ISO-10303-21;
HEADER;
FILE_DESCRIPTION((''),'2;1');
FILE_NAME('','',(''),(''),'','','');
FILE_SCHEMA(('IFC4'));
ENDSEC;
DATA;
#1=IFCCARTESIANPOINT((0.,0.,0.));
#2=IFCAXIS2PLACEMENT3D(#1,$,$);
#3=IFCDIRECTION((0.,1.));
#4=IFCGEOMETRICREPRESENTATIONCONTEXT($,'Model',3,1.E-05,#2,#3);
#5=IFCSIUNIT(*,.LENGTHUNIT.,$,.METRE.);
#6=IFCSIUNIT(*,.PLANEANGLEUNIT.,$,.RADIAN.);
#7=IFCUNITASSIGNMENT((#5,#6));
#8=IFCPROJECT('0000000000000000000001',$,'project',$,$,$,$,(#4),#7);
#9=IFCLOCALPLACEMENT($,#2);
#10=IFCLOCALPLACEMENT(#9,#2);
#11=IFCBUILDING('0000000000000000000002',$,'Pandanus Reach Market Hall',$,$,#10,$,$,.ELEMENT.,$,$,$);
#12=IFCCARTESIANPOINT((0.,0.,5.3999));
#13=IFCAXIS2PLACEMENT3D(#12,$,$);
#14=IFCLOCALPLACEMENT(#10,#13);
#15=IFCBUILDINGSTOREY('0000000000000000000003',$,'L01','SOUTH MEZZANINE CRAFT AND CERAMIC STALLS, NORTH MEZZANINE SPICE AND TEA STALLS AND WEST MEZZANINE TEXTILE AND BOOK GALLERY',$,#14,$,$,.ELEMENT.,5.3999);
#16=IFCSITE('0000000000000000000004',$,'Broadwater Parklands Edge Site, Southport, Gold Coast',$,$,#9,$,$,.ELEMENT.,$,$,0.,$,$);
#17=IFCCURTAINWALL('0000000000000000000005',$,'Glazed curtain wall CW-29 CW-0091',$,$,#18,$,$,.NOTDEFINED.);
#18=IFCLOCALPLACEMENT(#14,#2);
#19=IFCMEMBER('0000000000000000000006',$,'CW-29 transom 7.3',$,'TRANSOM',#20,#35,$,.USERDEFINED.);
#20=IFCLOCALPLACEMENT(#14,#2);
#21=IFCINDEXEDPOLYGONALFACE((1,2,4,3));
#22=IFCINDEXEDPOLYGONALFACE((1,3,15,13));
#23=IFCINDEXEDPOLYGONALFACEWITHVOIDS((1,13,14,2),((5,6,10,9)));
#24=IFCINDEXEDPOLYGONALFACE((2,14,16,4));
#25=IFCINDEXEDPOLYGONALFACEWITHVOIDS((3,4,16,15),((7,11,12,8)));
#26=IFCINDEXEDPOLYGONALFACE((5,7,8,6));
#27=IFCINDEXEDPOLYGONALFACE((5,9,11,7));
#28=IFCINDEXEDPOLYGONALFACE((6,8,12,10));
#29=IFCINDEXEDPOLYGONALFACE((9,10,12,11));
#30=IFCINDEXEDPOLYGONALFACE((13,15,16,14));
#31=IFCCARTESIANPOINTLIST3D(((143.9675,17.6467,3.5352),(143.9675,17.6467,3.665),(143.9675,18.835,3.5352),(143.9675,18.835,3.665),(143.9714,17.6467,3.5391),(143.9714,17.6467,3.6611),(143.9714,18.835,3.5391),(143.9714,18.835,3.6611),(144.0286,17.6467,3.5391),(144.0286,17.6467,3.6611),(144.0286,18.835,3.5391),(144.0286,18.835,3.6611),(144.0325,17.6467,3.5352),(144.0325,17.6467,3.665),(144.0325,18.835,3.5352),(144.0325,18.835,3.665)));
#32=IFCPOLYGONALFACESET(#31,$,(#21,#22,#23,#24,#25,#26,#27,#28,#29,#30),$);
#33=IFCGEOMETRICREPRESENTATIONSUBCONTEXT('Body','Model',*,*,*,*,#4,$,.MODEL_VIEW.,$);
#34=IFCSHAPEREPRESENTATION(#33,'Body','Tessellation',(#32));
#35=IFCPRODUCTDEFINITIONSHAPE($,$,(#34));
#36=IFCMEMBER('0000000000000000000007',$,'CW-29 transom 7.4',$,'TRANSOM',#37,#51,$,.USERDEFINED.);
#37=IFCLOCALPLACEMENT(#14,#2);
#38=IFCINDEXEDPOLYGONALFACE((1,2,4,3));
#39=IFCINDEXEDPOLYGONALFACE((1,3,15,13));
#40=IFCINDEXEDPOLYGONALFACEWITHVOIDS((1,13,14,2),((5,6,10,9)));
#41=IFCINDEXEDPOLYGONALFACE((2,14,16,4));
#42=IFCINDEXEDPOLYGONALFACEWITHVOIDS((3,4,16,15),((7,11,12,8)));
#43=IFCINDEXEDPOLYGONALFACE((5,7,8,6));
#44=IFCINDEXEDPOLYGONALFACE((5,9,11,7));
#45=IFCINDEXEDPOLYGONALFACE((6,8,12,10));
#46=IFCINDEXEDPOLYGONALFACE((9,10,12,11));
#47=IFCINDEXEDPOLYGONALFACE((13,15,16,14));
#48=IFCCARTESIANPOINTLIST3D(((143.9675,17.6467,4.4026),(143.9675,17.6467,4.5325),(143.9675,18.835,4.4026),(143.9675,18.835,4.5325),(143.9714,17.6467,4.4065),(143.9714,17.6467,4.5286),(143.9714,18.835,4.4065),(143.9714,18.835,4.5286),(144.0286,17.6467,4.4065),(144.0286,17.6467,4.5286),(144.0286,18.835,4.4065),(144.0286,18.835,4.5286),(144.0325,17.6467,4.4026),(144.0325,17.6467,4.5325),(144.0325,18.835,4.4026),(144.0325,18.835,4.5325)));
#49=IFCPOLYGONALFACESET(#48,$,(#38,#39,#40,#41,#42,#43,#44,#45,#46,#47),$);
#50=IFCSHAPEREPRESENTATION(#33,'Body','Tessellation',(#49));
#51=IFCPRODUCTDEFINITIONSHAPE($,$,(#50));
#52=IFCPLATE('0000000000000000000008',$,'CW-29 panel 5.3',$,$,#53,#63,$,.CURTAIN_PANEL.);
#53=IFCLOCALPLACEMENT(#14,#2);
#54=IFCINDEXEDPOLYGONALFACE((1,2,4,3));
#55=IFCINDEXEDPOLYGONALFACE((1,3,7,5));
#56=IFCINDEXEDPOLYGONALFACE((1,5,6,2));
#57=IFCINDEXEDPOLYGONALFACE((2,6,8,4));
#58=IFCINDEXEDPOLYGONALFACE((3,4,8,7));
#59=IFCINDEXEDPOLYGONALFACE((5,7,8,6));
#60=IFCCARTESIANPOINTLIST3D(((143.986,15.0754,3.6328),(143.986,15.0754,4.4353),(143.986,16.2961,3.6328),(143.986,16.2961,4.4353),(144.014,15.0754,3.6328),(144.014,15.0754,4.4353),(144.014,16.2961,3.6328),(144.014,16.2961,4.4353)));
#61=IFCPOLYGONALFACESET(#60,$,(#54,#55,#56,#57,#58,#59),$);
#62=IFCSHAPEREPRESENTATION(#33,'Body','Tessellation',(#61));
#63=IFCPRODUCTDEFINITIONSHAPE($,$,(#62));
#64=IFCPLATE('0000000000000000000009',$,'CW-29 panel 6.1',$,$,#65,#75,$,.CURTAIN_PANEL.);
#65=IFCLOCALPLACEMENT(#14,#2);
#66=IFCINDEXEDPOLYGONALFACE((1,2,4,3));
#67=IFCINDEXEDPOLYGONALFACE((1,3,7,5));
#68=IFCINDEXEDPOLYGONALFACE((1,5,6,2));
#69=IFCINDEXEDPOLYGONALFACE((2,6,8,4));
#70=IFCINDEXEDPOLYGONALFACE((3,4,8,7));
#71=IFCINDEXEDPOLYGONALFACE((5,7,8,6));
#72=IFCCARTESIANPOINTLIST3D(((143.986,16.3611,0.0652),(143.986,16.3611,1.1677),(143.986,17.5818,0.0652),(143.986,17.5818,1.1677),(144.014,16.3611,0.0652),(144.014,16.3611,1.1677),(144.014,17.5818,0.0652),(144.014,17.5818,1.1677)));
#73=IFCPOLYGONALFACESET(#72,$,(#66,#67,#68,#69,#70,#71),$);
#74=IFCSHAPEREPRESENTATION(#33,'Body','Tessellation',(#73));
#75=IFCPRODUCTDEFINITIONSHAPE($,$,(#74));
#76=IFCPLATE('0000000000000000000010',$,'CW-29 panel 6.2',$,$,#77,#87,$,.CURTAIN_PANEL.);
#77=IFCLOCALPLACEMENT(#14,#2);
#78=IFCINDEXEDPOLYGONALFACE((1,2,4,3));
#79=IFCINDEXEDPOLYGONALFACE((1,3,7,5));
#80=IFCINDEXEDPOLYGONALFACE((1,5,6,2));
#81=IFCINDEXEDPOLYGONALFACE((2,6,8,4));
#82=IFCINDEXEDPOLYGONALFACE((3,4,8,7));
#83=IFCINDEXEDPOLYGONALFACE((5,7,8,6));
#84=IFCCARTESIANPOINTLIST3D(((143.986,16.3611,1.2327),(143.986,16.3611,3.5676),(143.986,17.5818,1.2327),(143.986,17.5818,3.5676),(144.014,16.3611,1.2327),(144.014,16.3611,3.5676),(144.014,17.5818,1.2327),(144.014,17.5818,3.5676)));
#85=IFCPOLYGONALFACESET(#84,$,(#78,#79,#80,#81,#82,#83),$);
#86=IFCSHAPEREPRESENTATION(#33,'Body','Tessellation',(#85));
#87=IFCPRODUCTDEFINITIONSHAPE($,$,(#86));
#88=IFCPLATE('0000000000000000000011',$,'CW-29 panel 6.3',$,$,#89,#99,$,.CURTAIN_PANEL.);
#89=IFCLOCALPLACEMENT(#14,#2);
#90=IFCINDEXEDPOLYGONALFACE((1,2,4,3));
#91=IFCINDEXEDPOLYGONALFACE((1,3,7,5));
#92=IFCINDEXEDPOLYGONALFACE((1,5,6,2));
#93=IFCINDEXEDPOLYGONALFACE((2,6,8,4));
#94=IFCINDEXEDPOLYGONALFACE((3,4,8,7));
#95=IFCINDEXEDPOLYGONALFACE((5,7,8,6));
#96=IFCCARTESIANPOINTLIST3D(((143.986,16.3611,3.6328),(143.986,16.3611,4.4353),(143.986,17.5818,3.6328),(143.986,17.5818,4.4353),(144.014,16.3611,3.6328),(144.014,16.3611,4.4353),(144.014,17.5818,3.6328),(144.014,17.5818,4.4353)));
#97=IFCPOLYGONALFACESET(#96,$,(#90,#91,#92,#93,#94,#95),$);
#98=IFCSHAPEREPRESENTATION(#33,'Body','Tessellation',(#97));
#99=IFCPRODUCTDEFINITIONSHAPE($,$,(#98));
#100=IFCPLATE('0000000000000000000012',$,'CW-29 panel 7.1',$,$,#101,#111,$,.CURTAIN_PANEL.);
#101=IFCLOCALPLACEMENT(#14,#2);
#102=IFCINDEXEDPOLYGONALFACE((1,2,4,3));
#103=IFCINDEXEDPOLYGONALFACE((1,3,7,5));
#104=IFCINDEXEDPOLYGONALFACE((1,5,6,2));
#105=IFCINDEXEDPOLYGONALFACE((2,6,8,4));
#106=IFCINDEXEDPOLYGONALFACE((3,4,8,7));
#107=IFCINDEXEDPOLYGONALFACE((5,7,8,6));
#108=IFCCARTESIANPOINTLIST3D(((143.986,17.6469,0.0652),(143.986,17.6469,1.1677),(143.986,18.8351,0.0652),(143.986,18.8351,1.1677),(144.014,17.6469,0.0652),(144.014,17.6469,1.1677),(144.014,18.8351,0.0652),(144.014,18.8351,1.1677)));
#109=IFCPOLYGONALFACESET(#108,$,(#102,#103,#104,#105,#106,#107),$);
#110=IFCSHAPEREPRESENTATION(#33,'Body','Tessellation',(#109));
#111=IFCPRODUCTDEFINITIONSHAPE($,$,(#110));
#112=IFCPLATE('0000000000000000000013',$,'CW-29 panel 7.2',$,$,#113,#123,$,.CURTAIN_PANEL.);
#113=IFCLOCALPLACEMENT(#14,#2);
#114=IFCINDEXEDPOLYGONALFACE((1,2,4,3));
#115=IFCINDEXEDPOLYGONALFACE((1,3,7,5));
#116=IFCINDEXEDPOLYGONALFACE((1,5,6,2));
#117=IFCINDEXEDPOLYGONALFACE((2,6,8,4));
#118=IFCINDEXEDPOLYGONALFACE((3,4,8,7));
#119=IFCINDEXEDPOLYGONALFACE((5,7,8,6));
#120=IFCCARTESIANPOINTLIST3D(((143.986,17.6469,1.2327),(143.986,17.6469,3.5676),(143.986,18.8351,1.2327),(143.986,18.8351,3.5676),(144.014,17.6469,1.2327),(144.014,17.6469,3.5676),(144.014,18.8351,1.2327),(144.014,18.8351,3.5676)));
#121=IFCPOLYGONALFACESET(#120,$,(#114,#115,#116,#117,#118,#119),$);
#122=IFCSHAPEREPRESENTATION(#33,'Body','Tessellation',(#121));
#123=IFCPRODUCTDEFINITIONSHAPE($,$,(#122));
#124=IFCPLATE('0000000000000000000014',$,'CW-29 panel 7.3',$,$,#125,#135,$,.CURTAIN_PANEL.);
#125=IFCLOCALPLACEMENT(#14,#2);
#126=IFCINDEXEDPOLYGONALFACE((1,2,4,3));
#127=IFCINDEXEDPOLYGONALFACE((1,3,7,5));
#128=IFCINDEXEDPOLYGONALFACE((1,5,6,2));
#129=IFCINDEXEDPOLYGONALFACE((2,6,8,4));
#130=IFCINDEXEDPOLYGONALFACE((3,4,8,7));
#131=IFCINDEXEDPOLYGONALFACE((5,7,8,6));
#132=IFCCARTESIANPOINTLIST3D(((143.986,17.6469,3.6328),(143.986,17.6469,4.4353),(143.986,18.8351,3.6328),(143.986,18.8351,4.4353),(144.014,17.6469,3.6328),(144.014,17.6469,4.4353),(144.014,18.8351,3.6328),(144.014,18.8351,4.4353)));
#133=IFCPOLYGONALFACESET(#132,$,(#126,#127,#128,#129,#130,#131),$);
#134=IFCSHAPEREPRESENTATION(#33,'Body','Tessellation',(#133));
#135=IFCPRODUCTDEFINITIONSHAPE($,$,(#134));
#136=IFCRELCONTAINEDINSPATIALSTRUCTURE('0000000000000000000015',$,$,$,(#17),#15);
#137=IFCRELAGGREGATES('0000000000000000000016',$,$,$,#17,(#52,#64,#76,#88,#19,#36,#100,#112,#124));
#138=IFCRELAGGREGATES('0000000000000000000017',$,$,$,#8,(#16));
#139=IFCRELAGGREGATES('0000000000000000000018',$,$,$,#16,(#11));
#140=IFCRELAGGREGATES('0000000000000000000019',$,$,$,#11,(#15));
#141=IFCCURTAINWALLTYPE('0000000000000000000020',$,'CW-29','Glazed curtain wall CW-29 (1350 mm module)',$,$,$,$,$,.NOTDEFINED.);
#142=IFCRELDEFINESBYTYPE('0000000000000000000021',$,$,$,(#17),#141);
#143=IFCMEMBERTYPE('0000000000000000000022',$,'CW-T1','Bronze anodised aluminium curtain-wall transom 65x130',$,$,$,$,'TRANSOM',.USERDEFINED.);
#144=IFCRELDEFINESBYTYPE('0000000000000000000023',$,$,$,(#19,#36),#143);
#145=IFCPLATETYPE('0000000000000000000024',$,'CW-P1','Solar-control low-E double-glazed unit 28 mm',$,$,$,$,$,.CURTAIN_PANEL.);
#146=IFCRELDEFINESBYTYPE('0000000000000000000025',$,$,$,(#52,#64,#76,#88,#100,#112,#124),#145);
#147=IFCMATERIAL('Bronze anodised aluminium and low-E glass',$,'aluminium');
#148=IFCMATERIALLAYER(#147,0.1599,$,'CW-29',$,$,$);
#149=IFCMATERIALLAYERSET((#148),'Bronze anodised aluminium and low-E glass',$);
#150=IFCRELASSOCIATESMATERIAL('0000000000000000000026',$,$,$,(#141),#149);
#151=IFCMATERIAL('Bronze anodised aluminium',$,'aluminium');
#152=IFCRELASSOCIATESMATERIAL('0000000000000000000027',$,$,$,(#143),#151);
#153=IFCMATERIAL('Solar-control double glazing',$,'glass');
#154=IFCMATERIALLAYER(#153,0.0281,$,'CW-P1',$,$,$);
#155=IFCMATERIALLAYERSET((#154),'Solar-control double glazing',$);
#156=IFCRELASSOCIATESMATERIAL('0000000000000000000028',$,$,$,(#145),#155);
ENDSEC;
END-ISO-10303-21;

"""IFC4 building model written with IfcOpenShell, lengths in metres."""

from ifc_helpers import new_model, si_unit, direction, frame, origin, origin_2d, place, context, subcontext, project, spatial, rectangle, hollow_rectangle, extrude, material, layer, layer_set, material_profile, profile_set, type_object, element, aggregate, save


model = new_model("IFC4")

# Units and contexts
model_context = context("Model", 3, precision=1e-05, world=origin(), true_north=direction((0.0, 1.0)))
body_context = subcontext(model_context, "Body", "Model", "MODEL_VIEW")
ifc_project = project(units=[si_unit("LENGTHUNIT", "METRE"), si_unit("PLANEANGLEUNIT", "RADIAN")], contexts=[model_context])

# Site, building, storey
site_placement = place(None, origin())
site = spatial("IfcSite", under=ifc_project, at=site_placement, Name="Broadwater Parklands Edge Site, Southport, Gold Coast", CompositionType="ELEMENT", RefElevation=0.0)
building_placement = place(site_placement, origin())
building = spatial("IfcBuilding", under=site, at=building_placement, Name="Pandanus Reach Market Hall", CompositionType="ELEMENT")
storey_placement = place(building_placement, frame((0.0, 0.0, 5.3999)))
storey = spatial("IfcBuildingStorey", under=building, at=storey_placement, Name="L01", Description="SOUTH MEZZANINE CRAFT AND CERAMIC STALLS, NORTH MEZZANINE SPICE AND TEA STALLS AND WEST MEZZANINE TEXTILE AND BOOK GALLERY", CompositionType="ELEMENT", Elevation=5.3999)

# Curtain wall, members, plates
ifc_material_1 = material(Name="Bronze anodised aluminium and low-E glass", Category="aluminium")
ifc_layer_1 = layer(ifc_material_1, 0.1599, Name="CW-29")
ifc_layer_set_1 = layer_set([ifc_layer_1], Name="Bronze anodised aluminium and low-E glass")
curtain_wall_type = type_object("IfcCurtainWallType", Name="CW-29", Description="Glazed curtain wall CW-29 (1350 mm module)", PredefinedType="NOTDEFINED", material=ifc_layer_set_1)
curtain_wall_placement = place(storey_placement, origin())
curtain_wall = element("IfcCurtainWall", 1, at=curtain_wall_placement, inside=storey, type_object=curtain_wall_type, Name="Glazed curtain wall CW-29 CW-0091", PredefinedType="NOTDEFINED")
ifc_material_2 = material(Name="Bronze anodised aluminium", Category="aluminium")
ifc_material_profile_1 = material_profile(ifc_material_2, hollow_rectangle(XDim=0.0649, YDim=0.1299, WallThickness=0.0039, at=origin_2d()), Name="ALU65x130", Category="LoadBearing")
ifc_profile_set_1 = profile_set([ifc_material_profile_1], Name="Bronze anodised aluminium")
member_type_1 = type_object("IfcMemberType", Name="CW-T1", Description="Bronze anodised aluminium curtain-wall transom 65x130", ElementType="TRANSOM", PredefinedType="USERDEFINED", material=ifc_profile_set_1)
member_1_placement = place(storey_placement, frame((144.0, 17.6467, 3.6001), z_axis=(0.0, 1.0, 0.0), x_axis=(-1.0, 0.0, 0.0)))
member_1 = element("IfcMember", 2, at=member_1_placement, type_object=member_type_1, Name="CW-29 transom 7.3", ObjectType="TRANSOM", PredefinedType="USERDEFINED", context=body_context, shape_type="SweptSolid", body=[
    extrude(hollow_rectangle(XDim=0.0649, YDim=0.1299, WallThickness=0.0039, at=origin_2d()), origin(), (0.0, 0.0, 1.0), 1.1882),
])
member_2_placement = place(storey_placement, frame((144.0, 17.6467, 4.4675), z_axis=(0.0, 1.0, 0.0), x_axis=(-1.0, 0.0, 0.0)))
member_2 = element("IfcMember", 3, at=member_2_placement, type_object=member_type_1, Name="CW-29 transom 7.4", ObjectType="TRANSOM", PredefinedType="USERDEFINED", context=body_context, shape_type="SweptSolid", body=[
    extrude(hollow_rectangle(XDim=0.0649, YDim=0.1299, WallThickness=0.0039, at=origin_2d()), origin(), (0.0, 0.0, 1.0), 1.1882),
])
ifc_material_3 = material(Name="Solar-control double glazing", Category="glass")
ifc_layer_2 = layer(ifc_material_3, 0.0281, Name="CW-P1")
ifc_layer_set_2 = layer_set([ifc_layer_2], Name="Solar-control double glazing")
plate_type = type_object("IfcPlateType", Name="CW-P1", Description="Solar-control low-E double-glazed unit 28 mm", PredefinedType="CURTAIN_PANEL", material=ifc_layer_set_2)
plate_1_placement = place(storey_placement, frame((144.0, 15.6858, 3.6328), z_axis=(0.0, 0.0, 1.0), x_axis=(0.0, 1.0, 0.0)))
plate_1 = element("IfcPlate", 4, at=plate_1_placement, type_object=plate_type, Name="CW-29 panel 5.3", PredefinedType="CURTAIN_PANEL", context=body_context, shape_type="SweptSolid", body=[
    extrude(rectangle(XDim=1.2207, YDim=0.0281, at=origin_2d()), origin(), (0.0, 0.0, 1.0), 0.8025),
])
plate_2_placement = place(storey_placement, frame((144.0, 16.9714, 0.0652), z_axis=(0.0, 0.0, 1.0), x_axis=(0.0, 1.0, 0.0)))
plate_2 = element("IfcPlate", 5, at=plate_2_placement, type_object=plate_type, Name="CW-29 panel 6.1", PredefinedType="CURTAIN_PANEL", context=body_context, shape_type="SweptSolid", body=[
    extrude(rectangle(XDim=1.2207, YDim=0.0281, at=origin_2d()), origin(), (0.0, 0.0, 1.0), 1.1025),
])
plate_3_placement = place(storey_placement, frame((144.0, 16.9714, 1.2327), z_axis=(0.0, 0.0, 1.0), x_axis=(0.0, 1.0, 0.0)))
plate_3 = element("IfcPlate", 6, at=plate_3_placement, type_object=plate_type, Name="CW-29 panel 6.2", PredefinedType="CURTAIN_PANEL", context=body_context, shape_type="SweptSolid", body=[
    extrude(rectangle(XDim=1.2207, YDim=0.0281, at=origin_2d()), origin(), (0.0, 0.0, 1.0), 2.335),
])
plate_4_placement = place(storey_placement, frame((144.0, 16.9714, 3.6328), z_axis=(0.0, 0.0, 1.0), x_axis=(0.0, 1.0, 0.0)))
plate_4 = element("IfcPlate", 7, at=plate_4_placement, type_object=plate_type, Name="CW-29 panel 6.3", PredefinedType="CURTAIN_PANEL", context=body_context, shape_type="SweptSolid", body=[
    extrude(rectangle(XDim=1.2207, YDim=0.0281, at=origin_2d()), origin(), (0.0, 0.0, 1.0), 0.8025),
])
plate_5_placement = place(storey_placement, frame((144.0, 18.241, 0.0652), z_axis=(0.0, 0.0, 1.0), x_axis=(0.0, 1.0, 0.0)))
plate_5 = element("IfcPlate", 8, at=plate_5_placement, type_object=plate_type, Name="CW-29 panel 7.1", PredefinedType="CURTAIN_PANEL", context=body_context, shape_type="SweptSolid", body=[
    extrude(rectangle(XDim=1.1882, YDim=0.0281, at=origin_2d()), origin(), (0.0, 0.0, 1.0), 1.1025),
])
plate_6_placement = place(storey_placement, frame((144.0, 18.241, 1.2327), z_axis=(0.0, 0.0, 1.0), x_axis=(0.0, 1.0, 0.0)))
plate_6 = element("IfcPlate", 9, at=plate_6_placement, type_object=plate_type, Name="CW-29 panel 7.2", PredefinedType="CURTAIN_PANEL", context=body_context, shape_type="SweptSolid", body=[
    extrude(rectangle(XDim=1.1882, YDim=0.0281, at=origin_2d()), origin(), (0.0, 0.0, 1.0), 2.335),
])
plate_7_placement = place(storey_placement, frame((144.0, 18.241, 3.6328), z_axis=(0.0, 0.0, 1.0), x_axis=(0.0, 1.0, 0.0)))
plate_7 = element("IfcPlate", 10, at=plate_7_placement, type_object=plate_type, Name="CW-29 panel 7.3", PredefinedType="CURTAIN_PANEL", context=body_context, shape_type="SweptSolid", body=[
    extrude(rectangle(XDim=1.1882, YDim=0.0281, at=origin_2d()), origin(), (0.0, 0.0, 1.0), 0.8025),
])
aggregate(curtain_wall, [plate_1, plate_2, plate_3, plate_4, member_1, member_2, plate_5, plate_6, plate_7])

save(model, "model.ifc")
